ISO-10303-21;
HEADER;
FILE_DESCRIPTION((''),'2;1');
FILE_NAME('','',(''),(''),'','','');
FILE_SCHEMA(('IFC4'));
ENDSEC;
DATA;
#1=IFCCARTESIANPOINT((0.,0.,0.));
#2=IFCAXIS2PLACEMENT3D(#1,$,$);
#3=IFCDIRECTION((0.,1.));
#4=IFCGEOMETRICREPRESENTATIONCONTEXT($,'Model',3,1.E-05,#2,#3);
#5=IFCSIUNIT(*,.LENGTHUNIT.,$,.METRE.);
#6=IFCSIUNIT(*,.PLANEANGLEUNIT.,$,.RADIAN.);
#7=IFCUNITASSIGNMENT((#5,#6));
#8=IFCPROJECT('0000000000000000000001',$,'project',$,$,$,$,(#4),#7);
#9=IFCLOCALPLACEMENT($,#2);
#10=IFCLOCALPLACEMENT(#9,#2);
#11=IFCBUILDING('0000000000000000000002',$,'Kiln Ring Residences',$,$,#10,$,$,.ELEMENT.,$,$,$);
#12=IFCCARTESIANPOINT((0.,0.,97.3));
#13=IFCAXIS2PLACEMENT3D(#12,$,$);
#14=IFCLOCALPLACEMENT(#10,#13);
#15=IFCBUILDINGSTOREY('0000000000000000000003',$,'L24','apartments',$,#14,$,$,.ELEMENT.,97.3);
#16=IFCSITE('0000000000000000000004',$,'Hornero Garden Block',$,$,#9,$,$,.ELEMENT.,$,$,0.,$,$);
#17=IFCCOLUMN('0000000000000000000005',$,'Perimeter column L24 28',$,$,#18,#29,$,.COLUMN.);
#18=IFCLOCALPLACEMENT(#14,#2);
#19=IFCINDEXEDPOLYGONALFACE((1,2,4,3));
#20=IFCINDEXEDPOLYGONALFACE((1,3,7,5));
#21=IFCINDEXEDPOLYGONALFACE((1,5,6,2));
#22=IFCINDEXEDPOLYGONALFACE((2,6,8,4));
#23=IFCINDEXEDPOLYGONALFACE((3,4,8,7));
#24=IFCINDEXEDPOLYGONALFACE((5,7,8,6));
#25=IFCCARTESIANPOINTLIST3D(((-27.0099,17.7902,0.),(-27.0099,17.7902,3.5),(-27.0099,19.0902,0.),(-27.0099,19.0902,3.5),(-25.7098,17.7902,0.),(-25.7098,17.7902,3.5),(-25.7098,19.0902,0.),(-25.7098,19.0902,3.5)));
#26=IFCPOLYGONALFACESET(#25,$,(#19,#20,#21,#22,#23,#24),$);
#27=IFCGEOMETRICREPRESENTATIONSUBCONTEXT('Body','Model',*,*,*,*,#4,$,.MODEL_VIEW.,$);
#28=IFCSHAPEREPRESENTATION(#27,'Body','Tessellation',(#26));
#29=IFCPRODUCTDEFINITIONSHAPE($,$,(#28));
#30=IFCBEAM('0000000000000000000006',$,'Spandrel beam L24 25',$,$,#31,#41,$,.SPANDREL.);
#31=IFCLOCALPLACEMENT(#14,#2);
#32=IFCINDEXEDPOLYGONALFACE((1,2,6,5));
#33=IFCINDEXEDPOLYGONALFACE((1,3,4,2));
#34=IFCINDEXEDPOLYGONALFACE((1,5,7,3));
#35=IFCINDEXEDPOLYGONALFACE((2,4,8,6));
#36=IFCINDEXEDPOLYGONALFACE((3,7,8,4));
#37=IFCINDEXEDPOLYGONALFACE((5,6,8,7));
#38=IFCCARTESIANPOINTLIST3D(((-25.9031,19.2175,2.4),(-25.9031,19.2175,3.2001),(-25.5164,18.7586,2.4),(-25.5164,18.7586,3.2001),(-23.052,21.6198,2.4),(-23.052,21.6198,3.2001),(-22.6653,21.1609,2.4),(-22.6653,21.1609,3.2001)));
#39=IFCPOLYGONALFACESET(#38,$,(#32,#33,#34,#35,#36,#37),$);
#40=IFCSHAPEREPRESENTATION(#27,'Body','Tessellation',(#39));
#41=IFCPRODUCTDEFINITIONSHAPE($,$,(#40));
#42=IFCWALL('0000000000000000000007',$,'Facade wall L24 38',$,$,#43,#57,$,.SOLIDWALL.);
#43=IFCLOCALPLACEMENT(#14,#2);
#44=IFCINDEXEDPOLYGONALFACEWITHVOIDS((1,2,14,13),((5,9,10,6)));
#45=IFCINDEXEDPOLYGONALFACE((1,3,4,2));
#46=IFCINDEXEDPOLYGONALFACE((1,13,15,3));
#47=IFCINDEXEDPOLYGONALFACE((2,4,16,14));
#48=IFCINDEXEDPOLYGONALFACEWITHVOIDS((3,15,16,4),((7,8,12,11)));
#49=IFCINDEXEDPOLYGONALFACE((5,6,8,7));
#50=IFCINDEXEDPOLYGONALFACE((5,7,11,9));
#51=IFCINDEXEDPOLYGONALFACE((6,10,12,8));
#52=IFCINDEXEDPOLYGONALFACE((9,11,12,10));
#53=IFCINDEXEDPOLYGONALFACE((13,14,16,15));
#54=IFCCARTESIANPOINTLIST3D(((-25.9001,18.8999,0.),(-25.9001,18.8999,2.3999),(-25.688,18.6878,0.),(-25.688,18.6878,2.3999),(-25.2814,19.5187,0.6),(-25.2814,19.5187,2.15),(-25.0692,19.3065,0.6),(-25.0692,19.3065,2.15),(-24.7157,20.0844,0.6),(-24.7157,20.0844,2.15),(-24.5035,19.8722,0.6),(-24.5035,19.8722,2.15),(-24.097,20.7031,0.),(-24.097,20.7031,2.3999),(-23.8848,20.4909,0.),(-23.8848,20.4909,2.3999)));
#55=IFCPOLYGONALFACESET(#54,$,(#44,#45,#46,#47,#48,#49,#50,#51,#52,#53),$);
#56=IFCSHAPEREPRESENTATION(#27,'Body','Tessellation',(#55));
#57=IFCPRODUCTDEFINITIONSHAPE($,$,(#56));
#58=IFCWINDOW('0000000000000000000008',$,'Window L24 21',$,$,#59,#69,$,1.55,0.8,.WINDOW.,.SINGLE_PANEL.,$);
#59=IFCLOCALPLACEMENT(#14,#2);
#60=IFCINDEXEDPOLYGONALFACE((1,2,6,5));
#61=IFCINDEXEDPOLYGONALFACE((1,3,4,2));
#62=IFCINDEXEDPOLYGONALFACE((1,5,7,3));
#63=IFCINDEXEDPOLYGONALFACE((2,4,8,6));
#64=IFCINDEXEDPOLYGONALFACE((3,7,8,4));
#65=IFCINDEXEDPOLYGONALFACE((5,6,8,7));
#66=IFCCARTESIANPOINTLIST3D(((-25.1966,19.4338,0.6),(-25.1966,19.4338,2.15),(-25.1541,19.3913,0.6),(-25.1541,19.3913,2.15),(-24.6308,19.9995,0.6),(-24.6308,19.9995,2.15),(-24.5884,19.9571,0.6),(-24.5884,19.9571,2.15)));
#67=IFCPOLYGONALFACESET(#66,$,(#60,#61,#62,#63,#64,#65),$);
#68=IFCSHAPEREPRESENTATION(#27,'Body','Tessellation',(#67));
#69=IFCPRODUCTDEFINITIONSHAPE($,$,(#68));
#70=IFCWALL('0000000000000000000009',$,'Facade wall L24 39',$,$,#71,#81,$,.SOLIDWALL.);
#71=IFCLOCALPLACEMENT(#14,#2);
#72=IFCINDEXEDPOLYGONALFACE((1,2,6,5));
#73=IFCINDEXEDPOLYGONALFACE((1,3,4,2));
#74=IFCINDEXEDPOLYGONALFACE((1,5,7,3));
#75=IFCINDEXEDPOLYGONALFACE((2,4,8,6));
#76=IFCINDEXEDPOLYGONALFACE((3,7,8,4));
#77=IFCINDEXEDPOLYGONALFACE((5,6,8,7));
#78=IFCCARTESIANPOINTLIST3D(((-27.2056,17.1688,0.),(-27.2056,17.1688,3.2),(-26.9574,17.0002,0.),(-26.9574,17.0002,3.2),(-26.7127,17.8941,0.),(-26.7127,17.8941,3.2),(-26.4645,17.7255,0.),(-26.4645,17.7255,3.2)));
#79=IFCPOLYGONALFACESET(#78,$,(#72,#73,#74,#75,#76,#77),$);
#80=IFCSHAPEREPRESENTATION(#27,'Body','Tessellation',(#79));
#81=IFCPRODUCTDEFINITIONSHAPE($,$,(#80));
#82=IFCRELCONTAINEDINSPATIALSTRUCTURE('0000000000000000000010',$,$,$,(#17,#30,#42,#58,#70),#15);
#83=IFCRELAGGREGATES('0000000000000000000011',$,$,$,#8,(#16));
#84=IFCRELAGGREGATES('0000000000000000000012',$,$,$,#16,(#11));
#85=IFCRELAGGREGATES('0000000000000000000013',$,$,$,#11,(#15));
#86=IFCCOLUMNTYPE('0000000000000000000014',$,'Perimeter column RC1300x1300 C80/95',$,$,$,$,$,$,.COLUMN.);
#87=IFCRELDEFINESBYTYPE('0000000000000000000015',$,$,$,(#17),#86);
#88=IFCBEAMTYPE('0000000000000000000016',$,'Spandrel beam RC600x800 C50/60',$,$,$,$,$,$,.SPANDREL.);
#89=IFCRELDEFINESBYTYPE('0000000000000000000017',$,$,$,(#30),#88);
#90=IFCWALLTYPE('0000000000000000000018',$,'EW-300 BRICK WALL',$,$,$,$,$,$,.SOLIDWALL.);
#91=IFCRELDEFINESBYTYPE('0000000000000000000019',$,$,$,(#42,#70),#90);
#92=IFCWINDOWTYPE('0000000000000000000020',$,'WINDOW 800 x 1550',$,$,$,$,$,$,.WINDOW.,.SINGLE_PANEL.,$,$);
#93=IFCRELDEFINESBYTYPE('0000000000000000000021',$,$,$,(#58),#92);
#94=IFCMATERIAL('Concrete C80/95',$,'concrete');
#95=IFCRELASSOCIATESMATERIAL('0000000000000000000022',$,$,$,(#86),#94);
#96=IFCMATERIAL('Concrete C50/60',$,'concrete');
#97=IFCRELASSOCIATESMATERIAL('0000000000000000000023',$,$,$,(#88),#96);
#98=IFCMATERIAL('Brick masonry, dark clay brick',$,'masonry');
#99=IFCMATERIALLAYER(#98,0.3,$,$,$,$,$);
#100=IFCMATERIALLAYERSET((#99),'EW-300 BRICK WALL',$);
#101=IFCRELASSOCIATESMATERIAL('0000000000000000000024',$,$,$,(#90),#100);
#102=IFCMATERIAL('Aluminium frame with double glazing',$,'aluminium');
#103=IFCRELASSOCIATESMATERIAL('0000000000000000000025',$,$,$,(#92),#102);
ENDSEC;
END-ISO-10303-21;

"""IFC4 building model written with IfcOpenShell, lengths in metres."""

from ifc_helpers import new_model, si_unit, direction, frame, frame_2d, origin, origin_2d, place, context, subcontext, project, spatial, rectangle, extrude, material, layer, layer_set, material_profile, profile_set, type_object, element, fill, save


model = new_model("IFC4")

# Units and contexts
model_context = context("Model", 3, precision=1e-05, world=origin(), true_north=direction((0.0, 1.0)))
body_context = subcontext(model_context, "Body", "Model", "MODEL_VIEW")
ifc_project = project(units=[si_unit("LENGTHUNIT", "METRE"), si_unit("PLANEANGLEUNIT", "RADIAN")], contexts=[model_context])

# Site, building, storey
site_placement = place(None, origin())
site = spatial("IfcSite", under=ifc_project, at=site_placement, Name="Hornero Garden Block", CompositionType="ELEMENT", RefElevation=0.0)
building_placement = place(site_placement, origin())
building = spatial("IfcBuilding", under=site, at=building_placement, Name="Kiln Ring Residences", CompositionType="ELEMENT")
storey_placement = place(building_placement, frame((0.0, 0.0, 97.3)))
storey = spatial("IfcBuildingStorey", under=building, at=storey_placement, Name="L24", Description="apartments", CompositionType="ELEMENT", Elevation=97.3)

# Column
ifc_material_1 = material(Name="Concrete C80/95", Category="concrete")
ifc_material_profile_1 = material_profile(ifc_material_1, rectangle(XDim=1.3, YDim=1.3, at=origin_2d()), Name="RC1300x1300")
ifc_profile_set_1 = profile_set([ifc_material_profile_1], Name="Concrete C80/95")
column_type = type_object("IfcColumnType", Name="Perimeter column RC1300x1300 C80/95", PredefinedType="COLUMN", material=ifc_profile_set_1)
column_placement = place(storey_placement, frame((-26.3599, 18.4402, 0.0), z_axis=(0.0, 0.0, 1.0), x_axis=(1.0, 0.0, 0.0)))
element("IfcColumn", 1, at=column_placement, inside=storey, type_object=column_type, Name="Perimeter column L24 28", PredefinedType="COLUMN", context=body_context, shape_type="SweptSolid", body=[
    extrude(rectangle(XDim=1.3, YDim=1.3, at=origin_2d()), origin(), (0.0, 0.0, 1.0), 3.5),
])

# Beam
ifc_material_2 = material(Name="Concrete C50/60", Category="concrete")
ifc_material_profile_2 = material_profile(ifc_material_2, rectangle(XDim=0.6001, YDim=0.8, at=origin_2d()), Name="RC600x800")
ifc_profile_set_2 = profile_set([ifc_material_profile_2], Name="Concrete C50/60")
beam_type = type_object("IfcBeamType", Name="Spandrel beam RC600x800 C50/60", PredefinedType="SPANDREL", material=ifc_profile_set_2)
beam_placement = place(storey_placement, frame((-22.8586, 21.3904, 2.8), z_axis=(-0.764721, -0.644362, 0.0), x_axis=(0.644362, -0.764721, 0.0)))
element("IfcBeam", 2, at=beam_placement, inside=storey, type_object=beam_type, Name="Spandrel beam L24 25", PredefinedType="SPANDREL", context=body_context, shape_type="SweptSolid", body=[
    extrude(rectangle(XDim=0.6001, YDim=0.8, at=origin_2d()), origin(), (0.0, 0.0, 1.0), 3.7283),
])

# Wall, opening, window
ifc_material_3 = material(Name="Brick masonry, dark clay brick", Category="masonry")
ifc_layer_1 = layer(ifc_material_3, 0.3)
ifc_layer_set_1 = layer_set([ifc_layer_1], Name="EW-300 BRICK WALL")
wall_type_1 = type_object("IfcWallType", Name="EW-300 BRICK WALL", PredefinedType="SOLIDWALL", material=ifc_layer_set_1)
wall_1_placement = place(storey_placement, frame((-23.991, 20.5969, 0.0), z_axis=(0.0, 0.0, 1.0), x_axis=(-0.707107, -0.707107, 0.0)))
wall_1 = element("IfcWall", 3, at=wall_1_placement, inside=storey, type_object=wall_type_1, Name="Facade wall L24 38", PredefinedType="SOLIDWALL", context=body_context, shape_type="SweptSolid", body=[
    extrude(rectangle(XDim=2.55, YDim=0.3, at=frame_2d((1.2749, 0.0))), origin(), (0.0, 0.0, 1.0), 2.3999),
])
opening_1_placement = place(wall_1_placement, frame((0.875, 0.0, 0.6001)))
opening_1 = element("IfcOpeningElement", 4, at=opening_1_placement, cuts=wall_1, PredefinedType="OPENING", context=body_context, shape_type="SweptSolid", body=[
    extrude(rectangle(XDim=0.8, YDim=1.55, at=frame_2d((0.3999, 0.7749))), frame((0.0, 0.1599, 0.0), z_axis=(0.0, -1.0, 0.0), x_axis=(1.0, 0.0, 0.0)), (0.0, 0.0, 1.0), 0.3201),
])
ifc_material_4 = material(Name="Aluminium frame with double glazing", Category="aluminium")
window_type = type_object("IfcWindowType", Name="WINDOW 800 x 1550", PartitioningType="SINGLE_PANEL", PredefinedType="WINDOW", material=ifc_material_4)
window_placement = place(opening_1_placement, origin())
window = element("IfcWindow", 5, at=window_placement, inside=storey, type_object=window_type, Name="Window L24 21", OverallHeight=1.55, OverallWidth=0.8, PartitioningType="SINGLE_PANEL", PredefinedType="WINDOW", context=body_context, shape_type="SweptSolid", body=[
    extrude(rectangle(XDim=0.8, YDim=1.55, at=frame_2d((0.3999, 0.7749))), frame((0.0, 0.03, 0.0), z_axis=(0.0, -1.0, 0.0), x_axis=(1.0, 0.0, 0.0)), (0.0, 0.0, 1.0), 0.0601),
])
fill(opening_1, window)

# Wall
wall_2_placement = place(storey_placement, frame((-26.5886, 17.8098, 0.0), z_axis=(0.0, 0.0, 1.0), x_axis=(-0.562066, -0.827092, 0.0)))
element("IfcWall", 6, at=wall_2_placement, inside=storey, type_object=wall_type_1, Name="Facade wall L24 39", PredefinedType="SOLIDWALL", context=body_context, shape_type="SweptSolid", body=[
    extrude(rectangle(XDim=0.877, YDim=0.3, at=frame_2d((0.4385, 0.0))), origin(), (0.0, 0.0, 1.0), 3.2),
])

save(model, "model.ifc")
